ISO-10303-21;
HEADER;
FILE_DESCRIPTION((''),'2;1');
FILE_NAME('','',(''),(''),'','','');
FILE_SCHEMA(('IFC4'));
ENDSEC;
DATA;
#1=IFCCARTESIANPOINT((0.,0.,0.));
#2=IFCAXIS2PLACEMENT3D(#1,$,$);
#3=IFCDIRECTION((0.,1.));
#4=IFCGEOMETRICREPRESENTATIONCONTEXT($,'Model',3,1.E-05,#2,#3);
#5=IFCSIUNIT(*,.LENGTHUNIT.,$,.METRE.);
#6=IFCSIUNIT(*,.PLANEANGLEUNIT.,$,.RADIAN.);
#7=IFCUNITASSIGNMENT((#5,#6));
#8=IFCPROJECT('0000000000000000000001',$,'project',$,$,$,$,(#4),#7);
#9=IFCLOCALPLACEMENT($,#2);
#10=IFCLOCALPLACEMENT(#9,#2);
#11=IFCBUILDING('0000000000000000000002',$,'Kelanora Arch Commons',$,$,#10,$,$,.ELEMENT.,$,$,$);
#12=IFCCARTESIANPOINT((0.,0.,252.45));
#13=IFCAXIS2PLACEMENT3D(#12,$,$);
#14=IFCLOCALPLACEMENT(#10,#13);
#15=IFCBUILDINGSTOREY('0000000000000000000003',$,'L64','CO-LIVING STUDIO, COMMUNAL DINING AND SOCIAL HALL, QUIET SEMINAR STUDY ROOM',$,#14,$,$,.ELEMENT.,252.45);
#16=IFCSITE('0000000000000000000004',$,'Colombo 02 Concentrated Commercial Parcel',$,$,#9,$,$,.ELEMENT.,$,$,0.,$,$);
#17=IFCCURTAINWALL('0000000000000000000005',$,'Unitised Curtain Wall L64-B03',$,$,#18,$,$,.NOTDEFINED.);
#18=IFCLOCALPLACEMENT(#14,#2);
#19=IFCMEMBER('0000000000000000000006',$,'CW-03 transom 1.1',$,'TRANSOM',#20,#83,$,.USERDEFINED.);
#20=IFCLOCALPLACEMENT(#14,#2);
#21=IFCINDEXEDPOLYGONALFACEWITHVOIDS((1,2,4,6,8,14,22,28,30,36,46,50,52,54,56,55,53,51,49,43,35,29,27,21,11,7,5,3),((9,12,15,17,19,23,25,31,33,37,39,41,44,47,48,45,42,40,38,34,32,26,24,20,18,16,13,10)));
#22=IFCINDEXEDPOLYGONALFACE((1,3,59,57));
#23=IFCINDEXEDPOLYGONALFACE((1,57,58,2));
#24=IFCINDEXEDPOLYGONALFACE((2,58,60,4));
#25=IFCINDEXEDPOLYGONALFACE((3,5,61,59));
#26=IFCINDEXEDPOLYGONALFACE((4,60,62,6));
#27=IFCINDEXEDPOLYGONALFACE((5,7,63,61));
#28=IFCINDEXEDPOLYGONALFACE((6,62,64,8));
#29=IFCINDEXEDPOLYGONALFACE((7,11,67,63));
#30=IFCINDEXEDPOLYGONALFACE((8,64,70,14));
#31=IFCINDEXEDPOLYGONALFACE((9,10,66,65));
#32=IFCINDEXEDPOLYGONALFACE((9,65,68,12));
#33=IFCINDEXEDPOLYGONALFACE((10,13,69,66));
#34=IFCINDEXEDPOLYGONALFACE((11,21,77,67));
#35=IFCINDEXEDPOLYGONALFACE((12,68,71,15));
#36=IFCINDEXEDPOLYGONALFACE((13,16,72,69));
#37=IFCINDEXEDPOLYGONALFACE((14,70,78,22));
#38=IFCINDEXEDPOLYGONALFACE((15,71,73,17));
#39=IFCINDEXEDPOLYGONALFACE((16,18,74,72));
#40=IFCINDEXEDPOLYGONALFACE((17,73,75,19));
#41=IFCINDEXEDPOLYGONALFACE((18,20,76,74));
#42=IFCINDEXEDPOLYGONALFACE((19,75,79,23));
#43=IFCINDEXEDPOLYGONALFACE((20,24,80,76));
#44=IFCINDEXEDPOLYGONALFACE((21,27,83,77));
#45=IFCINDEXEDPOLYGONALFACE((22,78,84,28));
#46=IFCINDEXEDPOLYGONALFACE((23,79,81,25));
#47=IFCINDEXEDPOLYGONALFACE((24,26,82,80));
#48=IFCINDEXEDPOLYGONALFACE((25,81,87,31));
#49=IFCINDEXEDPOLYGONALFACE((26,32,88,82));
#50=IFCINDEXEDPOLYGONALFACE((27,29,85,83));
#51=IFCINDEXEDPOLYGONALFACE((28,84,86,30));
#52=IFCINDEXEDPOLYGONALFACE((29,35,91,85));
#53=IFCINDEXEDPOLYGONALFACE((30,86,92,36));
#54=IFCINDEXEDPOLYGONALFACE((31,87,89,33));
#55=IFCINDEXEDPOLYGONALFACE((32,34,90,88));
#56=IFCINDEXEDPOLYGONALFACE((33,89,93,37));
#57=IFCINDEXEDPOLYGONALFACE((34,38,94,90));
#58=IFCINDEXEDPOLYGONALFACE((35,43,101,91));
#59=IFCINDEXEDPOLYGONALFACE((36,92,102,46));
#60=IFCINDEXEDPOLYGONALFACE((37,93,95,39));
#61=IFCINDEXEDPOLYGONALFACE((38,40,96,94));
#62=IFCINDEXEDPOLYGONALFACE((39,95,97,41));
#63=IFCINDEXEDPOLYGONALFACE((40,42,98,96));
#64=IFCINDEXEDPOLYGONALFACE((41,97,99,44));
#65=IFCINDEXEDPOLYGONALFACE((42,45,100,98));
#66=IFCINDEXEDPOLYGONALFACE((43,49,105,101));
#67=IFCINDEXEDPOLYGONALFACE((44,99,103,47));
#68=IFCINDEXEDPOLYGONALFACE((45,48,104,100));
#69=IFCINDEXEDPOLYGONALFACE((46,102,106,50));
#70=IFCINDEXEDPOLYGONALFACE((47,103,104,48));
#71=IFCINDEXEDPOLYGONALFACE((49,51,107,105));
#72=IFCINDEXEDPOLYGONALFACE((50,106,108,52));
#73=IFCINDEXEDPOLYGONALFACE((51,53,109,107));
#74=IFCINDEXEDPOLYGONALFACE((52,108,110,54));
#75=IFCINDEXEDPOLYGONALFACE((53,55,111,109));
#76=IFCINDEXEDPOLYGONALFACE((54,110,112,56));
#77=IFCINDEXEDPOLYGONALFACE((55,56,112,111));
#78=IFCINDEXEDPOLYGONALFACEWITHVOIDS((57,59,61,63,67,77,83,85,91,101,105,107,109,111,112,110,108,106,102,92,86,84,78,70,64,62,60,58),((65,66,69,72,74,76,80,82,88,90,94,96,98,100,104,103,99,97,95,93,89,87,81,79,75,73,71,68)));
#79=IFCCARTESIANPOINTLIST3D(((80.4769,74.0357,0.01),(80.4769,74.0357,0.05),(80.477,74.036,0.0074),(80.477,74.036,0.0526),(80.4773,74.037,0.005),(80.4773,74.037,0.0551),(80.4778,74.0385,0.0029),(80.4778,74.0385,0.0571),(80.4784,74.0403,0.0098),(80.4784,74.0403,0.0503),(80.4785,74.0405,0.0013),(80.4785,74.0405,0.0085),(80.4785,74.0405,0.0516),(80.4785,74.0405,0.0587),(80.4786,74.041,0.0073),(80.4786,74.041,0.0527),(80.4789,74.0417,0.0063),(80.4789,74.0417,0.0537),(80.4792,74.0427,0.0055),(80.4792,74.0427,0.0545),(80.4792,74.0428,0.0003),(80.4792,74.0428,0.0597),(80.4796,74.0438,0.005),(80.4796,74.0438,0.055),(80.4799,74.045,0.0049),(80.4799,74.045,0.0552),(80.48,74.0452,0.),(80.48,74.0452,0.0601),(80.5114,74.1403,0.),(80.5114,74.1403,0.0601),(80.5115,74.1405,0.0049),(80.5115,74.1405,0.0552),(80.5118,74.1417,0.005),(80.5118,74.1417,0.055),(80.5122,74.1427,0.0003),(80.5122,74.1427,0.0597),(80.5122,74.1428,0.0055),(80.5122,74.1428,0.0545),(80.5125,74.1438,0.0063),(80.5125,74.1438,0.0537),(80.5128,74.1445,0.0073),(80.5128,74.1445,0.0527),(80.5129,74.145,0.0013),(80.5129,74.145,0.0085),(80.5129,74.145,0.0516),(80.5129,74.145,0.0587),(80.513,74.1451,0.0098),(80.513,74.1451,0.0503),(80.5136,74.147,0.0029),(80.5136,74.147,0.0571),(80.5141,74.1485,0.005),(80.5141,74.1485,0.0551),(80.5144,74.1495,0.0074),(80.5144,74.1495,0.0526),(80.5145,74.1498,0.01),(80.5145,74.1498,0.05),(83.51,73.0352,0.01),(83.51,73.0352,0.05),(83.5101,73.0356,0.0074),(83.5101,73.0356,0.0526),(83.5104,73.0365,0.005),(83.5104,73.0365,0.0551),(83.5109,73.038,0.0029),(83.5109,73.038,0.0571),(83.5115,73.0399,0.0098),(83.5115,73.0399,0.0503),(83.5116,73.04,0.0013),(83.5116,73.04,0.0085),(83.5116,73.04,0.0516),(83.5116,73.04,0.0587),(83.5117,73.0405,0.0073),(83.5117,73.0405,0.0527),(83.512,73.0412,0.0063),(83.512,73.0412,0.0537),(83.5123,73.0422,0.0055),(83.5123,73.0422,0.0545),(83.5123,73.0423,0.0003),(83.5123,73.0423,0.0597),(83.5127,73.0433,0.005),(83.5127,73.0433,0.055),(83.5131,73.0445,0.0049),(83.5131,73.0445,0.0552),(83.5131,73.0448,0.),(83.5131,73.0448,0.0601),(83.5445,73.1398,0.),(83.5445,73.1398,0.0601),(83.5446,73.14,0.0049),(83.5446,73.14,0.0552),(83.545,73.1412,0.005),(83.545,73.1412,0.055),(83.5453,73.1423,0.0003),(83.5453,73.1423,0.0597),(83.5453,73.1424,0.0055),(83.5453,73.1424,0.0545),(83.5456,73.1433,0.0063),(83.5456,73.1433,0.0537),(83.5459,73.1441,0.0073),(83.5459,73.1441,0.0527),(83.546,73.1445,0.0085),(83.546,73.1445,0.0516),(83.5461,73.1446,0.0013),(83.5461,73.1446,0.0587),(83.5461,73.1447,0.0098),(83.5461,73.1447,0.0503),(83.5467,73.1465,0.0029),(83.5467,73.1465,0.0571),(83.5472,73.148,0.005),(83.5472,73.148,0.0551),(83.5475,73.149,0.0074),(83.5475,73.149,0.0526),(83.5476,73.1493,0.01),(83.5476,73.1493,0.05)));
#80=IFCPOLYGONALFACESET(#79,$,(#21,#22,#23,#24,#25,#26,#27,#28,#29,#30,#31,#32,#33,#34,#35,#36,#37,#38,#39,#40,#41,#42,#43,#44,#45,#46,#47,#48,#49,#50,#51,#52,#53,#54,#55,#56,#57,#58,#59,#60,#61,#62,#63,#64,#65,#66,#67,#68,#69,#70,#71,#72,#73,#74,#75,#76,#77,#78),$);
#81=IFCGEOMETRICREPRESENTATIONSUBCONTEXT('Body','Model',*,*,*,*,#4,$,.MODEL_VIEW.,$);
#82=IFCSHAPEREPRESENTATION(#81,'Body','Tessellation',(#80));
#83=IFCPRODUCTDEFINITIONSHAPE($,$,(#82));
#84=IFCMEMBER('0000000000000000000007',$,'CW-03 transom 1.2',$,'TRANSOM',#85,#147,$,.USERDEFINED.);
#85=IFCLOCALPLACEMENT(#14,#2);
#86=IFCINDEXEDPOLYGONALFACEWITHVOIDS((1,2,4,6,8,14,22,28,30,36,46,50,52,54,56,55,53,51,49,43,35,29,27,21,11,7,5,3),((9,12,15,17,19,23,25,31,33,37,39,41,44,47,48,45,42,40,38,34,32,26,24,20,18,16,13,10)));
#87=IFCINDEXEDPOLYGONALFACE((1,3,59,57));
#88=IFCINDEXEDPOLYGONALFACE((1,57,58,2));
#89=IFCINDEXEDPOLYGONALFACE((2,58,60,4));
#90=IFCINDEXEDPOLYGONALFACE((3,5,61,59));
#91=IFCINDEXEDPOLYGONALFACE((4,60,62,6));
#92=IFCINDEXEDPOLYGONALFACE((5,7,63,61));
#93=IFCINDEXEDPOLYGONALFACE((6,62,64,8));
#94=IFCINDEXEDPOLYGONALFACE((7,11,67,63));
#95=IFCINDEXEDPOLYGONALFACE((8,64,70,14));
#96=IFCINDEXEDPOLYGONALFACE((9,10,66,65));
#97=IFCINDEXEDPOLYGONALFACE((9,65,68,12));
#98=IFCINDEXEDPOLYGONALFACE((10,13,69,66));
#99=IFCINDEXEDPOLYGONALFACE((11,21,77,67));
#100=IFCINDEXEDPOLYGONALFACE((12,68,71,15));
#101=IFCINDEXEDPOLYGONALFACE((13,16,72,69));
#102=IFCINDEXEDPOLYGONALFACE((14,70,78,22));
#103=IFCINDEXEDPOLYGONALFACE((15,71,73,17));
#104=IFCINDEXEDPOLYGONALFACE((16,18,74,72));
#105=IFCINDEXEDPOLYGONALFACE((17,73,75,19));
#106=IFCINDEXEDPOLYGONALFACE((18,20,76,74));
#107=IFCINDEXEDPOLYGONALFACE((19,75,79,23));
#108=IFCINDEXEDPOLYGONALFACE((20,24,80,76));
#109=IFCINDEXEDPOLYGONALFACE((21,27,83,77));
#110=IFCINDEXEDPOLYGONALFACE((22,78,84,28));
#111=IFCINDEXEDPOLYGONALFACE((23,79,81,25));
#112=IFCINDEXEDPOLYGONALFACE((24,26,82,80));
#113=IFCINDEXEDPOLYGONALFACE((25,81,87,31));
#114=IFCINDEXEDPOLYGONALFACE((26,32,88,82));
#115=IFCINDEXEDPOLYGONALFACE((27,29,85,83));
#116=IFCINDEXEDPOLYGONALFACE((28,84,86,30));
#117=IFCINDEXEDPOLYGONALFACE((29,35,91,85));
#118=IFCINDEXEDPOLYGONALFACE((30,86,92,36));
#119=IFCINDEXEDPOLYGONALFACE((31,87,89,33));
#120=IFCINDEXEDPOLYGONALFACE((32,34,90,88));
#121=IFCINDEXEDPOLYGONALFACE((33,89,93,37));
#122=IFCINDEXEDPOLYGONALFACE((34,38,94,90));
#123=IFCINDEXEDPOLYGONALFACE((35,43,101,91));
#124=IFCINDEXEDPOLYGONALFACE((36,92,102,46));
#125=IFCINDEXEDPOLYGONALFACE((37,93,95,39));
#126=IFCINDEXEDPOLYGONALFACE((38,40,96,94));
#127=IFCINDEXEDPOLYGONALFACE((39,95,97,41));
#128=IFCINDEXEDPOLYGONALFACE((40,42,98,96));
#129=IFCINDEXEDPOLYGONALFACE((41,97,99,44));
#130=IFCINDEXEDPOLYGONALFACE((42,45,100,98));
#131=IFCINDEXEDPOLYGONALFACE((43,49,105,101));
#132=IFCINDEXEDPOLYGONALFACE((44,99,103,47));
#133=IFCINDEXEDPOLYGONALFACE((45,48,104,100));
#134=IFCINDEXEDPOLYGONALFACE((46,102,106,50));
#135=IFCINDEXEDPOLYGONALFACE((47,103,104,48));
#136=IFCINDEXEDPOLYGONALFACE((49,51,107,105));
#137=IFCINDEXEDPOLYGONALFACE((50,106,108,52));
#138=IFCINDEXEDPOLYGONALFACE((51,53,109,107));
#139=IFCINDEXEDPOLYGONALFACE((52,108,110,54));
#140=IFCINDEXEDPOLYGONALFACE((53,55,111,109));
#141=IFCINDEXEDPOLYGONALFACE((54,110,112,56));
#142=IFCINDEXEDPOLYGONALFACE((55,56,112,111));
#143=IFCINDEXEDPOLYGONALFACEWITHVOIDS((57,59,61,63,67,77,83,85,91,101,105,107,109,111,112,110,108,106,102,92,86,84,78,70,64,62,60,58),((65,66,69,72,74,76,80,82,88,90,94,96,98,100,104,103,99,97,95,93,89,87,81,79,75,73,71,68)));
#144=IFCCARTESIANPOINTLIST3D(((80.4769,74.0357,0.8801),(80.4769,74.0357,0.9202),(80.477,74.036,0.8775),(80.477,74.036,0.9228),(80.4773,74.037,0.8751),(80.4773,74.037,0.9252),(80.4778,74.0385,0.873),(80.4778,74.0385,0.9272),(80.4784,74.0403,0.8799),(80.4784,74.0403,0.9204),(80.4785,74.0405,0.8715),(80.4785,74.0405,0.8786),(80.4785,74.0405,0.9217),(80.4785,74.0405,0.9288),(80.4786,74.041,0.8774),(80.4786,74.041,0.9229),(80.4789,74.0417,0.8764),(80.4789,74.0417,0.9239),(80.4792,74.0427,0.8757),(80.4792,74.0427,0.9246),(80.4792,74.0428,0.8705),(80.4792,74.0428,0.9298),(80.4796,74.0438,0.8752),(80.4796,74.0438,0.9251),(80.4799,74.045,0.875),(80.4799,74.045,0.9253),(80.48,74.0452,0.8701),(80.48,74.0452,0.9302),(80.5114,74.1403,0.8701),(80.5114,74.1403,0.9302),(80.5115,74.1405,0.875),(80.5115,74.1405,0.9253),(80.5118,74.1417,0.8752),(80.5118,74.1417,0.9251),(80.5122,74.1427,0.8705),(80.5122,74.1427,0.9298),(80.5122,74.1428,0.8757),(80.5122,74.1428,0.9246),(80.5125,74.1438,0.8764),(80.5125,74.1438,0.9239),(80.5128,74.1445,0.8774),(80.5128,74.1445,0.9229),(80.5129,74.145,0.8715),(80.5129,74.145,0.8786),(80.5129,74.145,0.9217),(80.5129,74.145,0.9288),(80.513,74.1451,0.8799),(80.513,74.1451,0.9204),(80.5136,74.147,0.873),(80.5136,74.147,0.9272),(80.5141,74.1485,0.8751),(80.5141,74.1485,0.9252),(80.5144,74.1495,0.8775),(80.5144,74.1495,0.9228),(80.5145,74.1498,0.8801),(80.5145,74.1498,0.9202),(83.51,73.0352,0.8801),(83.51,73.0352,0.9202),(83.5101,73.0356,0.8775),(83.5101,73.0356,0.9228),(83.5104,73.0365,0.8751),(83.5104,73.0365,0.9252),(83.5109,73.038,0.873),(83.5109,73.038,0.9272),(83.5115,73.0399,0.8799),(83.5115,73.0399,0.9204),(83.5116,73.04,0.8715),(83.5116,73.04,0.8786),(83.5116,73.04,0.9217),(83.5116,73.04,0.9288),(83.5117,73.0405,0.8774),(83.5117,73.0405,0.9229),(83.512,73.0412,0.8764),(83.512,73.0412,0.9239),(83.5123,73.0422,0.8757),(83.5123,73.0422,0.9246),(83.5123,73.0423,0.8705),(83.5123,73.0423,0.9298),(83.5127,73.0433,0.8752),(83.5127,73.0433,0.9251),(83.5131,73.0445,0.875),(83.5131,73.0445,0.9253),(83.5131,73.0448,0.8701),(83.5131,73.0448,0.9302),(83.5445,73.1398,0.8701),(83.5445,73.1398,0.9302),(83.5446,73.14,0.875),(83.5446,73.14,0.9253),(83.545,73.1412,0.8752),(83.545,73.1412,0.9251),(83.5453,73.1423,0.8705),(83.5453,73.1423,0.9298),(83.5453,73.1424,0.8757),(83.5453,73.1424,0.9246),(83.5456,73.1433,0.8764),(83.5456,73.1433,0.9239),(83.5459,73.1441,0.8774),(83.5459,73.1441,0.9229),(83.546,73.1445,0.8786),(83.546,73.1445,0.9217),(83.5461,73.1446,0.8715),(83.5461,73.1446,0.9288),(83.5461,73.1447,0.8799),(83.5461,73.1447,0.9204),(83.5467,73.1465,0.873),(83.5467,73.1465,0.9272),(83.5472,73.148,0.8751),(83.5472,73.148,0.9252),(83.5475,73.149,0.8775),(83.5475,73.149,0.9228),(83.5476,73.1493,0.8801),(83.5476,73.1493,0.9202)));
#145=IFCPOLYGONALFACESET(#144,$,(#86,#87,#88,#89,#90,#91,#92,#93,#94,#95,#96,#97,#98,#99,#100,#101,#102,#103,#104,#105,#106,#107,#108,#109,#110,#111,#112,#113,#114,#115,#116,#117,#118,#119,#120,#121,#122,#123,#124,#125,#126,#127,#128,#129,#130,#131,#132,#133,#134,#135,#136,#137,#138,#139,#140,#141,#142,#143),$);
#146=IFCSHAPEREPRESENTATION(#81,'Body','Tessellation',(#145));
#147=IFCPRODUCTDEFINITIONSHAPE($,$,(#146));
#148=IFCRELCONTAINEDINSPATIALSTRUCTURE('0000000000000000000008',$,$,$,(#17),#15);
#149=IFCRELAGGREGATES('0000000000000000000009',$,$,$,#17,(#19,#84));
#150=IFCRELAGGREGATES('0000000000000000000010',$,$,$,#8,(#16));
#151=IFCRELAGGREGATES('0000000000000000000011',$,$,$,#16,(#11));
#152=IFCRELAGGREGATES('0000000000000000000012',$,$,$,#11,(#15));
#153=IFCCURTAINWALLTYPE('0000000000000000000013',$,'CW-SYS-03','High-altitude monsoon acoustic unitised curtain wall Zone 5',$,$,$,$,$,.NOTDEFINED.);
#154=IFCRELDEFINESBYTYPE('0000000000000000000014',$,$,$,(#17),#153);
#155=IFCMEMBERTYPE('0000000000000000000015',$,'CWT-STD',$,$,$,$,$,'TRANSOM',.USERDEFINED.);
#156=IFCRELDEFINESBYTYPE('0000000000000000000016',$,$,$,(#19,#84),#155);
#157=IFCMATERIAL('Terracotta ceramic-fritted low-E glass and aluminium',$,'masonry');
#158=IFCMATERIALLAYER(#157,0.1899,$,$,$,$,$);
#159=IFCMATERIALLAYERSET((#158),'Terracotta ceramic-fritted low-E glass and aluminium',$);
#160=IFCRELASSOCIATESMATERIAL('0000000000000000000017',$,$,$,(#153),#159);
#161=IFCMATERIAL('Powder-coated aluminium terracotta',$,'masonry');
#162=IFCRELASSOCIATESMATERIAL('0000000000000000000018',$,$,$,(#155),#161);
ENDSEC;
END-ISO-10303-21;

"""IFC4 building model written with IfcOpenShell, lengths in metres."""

from ifc_helpers import new_model, si_unit, direction, frame, origin, origin_2d, place, context, subcontext, project, spatial, hollow_rectangle, extrude, material, layer, layer_set, material_profile, profile_set, type_object, element, aggregate, save


model = new_model("IFC4")

# Units and contexts
model_context = context("Model", 3, precision=1e-05, world=origin(), true_north=direction((0.0, 1.0)))
body_context = subcontext(model_context, "Body", "Model", "MODEL_VIEW")
ifc_project = project(units=[si_unit("LENGTHUNIT", "METRE"), si_unit("PLANEANGLEUNIT", "RADIAN")], contexts=[model_context])

# Site, building, storey
site_placement = place(None, origin())
site = spatial("IfcSite", under=ifc_project, at=site_placement, Name="Colombo 02 Concentrated Commercial Parcel", CompositionType="ELEMENT", RefElevation=0.0)
building_placement = place(site_placement, origin())
building = spatial("IfcBuilding", under=site, at=building_placement, Name="Kelanora Arch Commons", CompositionType="ELEMENT")
storey_placement = place(building_placement, frame((0.0, 0.0, 252.45)))
storey = spatial("IfcBuildingStorey", under=building, at=storey_placement, Name="L64", Description="CO-LIVING STUDIO, COMMUNAL DINING AND SOCIAL HALL, QUIET SEMINAR STUDY ROOM", CompositionType="ELEMENT", Elevation=252.45)

# Curtain wall, members
ifc_material_1 = material(Name="Terracotta ceramic-fritted low-E glass and aluminium", Category="masonry")
ifc_layer_1 = layer(ifc_material_1, 0.1899)
ifc_layer_set_1 = layer_set([ifc_layer_1], Name="Terracotta ceramic-fritted low-E glass and aluminium")
curtain_wall_type = type_object("IfcCurtainWallType", Name="CW-SYS-03", Description="High-altitude monsoon acoustic unitised curtain wall Zone 5", PredefinedType="NOTDEFINED", material=ifc_layer_set_1)
curtain_wall_placement = place(storey_placement, origin())
curtain_wall = element("IfcCurtainWall", 1, at=curtain_wall_placement, inside=storey, type_object=curtain_wall_type, Name="Unitised Curtain Wall L64-B03", PredefinedType="NOTDEFINED")
ifc_material_2 = material(Name="Powder-coated aluminium terracotta", Category="masonry")
ifc_material_profile_1 = material_profile(ifc_material_2, hollow_rectangle(XDim=0.1201, YDim=0.0601, WallThickness=0.0049, InnerFilletRadius=0.0049, OuterFilletRadius=0.01, at=origin_2d()), Name="CWT120x60")
ifc_profile_set_1 = profile_set([ifc_material_profile_1], Name="Powder-coated aluminium terracotta")
member_type_1 = type_object("IfcMemberType", Name="CWT-STD", ElementType="TRANSOM", PredefinedType="USERDEFINED", material=ifc_profile_set_1)
member_1_placement = place(storey_placement, frame((83.5288, 73.0923, 0.03), z_axis=(-0.949672, 0.313245, 0.0), x_axis=(-0.313245, -0.949672, 0.0)))
member_1 = element("IfcMember", 2, at=member_1_placement, type_object=member_type_1, Name="CW-03 transom 1.1", ObjectType="TRANSOM", PredefinedType="USERDEFINED", context=body_context, shape_type="SweptSolid", body=[
    extrude(hollow_rectangle(XDim=0.1201, YDim=0.0601, WallThickness=0.0049, InnerFilletRadius=0.0049, OuterFilletRadius=0.01, at=origin_2d()), origin(), (0.0, 0.0, 1.0), 3.1938),
])
member_2_placement = place(storey_placement, frame((83.5288, 73.0923, 0.9001), z_axis=(-0.949672, 0.313245, 0.0), x_axis=(-0.313245, -0.949672, 0.0)))
member_2 = element("IfcMember", 3, at=member_2_placement, type_object=member_type_1, Name="CW-03 transom 1.2", ObjectType="TRANSOM", PredefinedType="USERDEFINED", context=body_context, shape_type="SweptSolid", body=[
    extrude(hollow_rectangle(XDim=0.1201, YDim=0.0601, WallThickness=0.0049, InnerFilletRadius=0.0049, OuterFilletRadius=0.01, at=origin_2d()), origin(), (0.0, 0.0, 1.0), 3.1938),
])
aggregate(curtain_wall, [member_1, member_2])

save(model, "model.ifc")
